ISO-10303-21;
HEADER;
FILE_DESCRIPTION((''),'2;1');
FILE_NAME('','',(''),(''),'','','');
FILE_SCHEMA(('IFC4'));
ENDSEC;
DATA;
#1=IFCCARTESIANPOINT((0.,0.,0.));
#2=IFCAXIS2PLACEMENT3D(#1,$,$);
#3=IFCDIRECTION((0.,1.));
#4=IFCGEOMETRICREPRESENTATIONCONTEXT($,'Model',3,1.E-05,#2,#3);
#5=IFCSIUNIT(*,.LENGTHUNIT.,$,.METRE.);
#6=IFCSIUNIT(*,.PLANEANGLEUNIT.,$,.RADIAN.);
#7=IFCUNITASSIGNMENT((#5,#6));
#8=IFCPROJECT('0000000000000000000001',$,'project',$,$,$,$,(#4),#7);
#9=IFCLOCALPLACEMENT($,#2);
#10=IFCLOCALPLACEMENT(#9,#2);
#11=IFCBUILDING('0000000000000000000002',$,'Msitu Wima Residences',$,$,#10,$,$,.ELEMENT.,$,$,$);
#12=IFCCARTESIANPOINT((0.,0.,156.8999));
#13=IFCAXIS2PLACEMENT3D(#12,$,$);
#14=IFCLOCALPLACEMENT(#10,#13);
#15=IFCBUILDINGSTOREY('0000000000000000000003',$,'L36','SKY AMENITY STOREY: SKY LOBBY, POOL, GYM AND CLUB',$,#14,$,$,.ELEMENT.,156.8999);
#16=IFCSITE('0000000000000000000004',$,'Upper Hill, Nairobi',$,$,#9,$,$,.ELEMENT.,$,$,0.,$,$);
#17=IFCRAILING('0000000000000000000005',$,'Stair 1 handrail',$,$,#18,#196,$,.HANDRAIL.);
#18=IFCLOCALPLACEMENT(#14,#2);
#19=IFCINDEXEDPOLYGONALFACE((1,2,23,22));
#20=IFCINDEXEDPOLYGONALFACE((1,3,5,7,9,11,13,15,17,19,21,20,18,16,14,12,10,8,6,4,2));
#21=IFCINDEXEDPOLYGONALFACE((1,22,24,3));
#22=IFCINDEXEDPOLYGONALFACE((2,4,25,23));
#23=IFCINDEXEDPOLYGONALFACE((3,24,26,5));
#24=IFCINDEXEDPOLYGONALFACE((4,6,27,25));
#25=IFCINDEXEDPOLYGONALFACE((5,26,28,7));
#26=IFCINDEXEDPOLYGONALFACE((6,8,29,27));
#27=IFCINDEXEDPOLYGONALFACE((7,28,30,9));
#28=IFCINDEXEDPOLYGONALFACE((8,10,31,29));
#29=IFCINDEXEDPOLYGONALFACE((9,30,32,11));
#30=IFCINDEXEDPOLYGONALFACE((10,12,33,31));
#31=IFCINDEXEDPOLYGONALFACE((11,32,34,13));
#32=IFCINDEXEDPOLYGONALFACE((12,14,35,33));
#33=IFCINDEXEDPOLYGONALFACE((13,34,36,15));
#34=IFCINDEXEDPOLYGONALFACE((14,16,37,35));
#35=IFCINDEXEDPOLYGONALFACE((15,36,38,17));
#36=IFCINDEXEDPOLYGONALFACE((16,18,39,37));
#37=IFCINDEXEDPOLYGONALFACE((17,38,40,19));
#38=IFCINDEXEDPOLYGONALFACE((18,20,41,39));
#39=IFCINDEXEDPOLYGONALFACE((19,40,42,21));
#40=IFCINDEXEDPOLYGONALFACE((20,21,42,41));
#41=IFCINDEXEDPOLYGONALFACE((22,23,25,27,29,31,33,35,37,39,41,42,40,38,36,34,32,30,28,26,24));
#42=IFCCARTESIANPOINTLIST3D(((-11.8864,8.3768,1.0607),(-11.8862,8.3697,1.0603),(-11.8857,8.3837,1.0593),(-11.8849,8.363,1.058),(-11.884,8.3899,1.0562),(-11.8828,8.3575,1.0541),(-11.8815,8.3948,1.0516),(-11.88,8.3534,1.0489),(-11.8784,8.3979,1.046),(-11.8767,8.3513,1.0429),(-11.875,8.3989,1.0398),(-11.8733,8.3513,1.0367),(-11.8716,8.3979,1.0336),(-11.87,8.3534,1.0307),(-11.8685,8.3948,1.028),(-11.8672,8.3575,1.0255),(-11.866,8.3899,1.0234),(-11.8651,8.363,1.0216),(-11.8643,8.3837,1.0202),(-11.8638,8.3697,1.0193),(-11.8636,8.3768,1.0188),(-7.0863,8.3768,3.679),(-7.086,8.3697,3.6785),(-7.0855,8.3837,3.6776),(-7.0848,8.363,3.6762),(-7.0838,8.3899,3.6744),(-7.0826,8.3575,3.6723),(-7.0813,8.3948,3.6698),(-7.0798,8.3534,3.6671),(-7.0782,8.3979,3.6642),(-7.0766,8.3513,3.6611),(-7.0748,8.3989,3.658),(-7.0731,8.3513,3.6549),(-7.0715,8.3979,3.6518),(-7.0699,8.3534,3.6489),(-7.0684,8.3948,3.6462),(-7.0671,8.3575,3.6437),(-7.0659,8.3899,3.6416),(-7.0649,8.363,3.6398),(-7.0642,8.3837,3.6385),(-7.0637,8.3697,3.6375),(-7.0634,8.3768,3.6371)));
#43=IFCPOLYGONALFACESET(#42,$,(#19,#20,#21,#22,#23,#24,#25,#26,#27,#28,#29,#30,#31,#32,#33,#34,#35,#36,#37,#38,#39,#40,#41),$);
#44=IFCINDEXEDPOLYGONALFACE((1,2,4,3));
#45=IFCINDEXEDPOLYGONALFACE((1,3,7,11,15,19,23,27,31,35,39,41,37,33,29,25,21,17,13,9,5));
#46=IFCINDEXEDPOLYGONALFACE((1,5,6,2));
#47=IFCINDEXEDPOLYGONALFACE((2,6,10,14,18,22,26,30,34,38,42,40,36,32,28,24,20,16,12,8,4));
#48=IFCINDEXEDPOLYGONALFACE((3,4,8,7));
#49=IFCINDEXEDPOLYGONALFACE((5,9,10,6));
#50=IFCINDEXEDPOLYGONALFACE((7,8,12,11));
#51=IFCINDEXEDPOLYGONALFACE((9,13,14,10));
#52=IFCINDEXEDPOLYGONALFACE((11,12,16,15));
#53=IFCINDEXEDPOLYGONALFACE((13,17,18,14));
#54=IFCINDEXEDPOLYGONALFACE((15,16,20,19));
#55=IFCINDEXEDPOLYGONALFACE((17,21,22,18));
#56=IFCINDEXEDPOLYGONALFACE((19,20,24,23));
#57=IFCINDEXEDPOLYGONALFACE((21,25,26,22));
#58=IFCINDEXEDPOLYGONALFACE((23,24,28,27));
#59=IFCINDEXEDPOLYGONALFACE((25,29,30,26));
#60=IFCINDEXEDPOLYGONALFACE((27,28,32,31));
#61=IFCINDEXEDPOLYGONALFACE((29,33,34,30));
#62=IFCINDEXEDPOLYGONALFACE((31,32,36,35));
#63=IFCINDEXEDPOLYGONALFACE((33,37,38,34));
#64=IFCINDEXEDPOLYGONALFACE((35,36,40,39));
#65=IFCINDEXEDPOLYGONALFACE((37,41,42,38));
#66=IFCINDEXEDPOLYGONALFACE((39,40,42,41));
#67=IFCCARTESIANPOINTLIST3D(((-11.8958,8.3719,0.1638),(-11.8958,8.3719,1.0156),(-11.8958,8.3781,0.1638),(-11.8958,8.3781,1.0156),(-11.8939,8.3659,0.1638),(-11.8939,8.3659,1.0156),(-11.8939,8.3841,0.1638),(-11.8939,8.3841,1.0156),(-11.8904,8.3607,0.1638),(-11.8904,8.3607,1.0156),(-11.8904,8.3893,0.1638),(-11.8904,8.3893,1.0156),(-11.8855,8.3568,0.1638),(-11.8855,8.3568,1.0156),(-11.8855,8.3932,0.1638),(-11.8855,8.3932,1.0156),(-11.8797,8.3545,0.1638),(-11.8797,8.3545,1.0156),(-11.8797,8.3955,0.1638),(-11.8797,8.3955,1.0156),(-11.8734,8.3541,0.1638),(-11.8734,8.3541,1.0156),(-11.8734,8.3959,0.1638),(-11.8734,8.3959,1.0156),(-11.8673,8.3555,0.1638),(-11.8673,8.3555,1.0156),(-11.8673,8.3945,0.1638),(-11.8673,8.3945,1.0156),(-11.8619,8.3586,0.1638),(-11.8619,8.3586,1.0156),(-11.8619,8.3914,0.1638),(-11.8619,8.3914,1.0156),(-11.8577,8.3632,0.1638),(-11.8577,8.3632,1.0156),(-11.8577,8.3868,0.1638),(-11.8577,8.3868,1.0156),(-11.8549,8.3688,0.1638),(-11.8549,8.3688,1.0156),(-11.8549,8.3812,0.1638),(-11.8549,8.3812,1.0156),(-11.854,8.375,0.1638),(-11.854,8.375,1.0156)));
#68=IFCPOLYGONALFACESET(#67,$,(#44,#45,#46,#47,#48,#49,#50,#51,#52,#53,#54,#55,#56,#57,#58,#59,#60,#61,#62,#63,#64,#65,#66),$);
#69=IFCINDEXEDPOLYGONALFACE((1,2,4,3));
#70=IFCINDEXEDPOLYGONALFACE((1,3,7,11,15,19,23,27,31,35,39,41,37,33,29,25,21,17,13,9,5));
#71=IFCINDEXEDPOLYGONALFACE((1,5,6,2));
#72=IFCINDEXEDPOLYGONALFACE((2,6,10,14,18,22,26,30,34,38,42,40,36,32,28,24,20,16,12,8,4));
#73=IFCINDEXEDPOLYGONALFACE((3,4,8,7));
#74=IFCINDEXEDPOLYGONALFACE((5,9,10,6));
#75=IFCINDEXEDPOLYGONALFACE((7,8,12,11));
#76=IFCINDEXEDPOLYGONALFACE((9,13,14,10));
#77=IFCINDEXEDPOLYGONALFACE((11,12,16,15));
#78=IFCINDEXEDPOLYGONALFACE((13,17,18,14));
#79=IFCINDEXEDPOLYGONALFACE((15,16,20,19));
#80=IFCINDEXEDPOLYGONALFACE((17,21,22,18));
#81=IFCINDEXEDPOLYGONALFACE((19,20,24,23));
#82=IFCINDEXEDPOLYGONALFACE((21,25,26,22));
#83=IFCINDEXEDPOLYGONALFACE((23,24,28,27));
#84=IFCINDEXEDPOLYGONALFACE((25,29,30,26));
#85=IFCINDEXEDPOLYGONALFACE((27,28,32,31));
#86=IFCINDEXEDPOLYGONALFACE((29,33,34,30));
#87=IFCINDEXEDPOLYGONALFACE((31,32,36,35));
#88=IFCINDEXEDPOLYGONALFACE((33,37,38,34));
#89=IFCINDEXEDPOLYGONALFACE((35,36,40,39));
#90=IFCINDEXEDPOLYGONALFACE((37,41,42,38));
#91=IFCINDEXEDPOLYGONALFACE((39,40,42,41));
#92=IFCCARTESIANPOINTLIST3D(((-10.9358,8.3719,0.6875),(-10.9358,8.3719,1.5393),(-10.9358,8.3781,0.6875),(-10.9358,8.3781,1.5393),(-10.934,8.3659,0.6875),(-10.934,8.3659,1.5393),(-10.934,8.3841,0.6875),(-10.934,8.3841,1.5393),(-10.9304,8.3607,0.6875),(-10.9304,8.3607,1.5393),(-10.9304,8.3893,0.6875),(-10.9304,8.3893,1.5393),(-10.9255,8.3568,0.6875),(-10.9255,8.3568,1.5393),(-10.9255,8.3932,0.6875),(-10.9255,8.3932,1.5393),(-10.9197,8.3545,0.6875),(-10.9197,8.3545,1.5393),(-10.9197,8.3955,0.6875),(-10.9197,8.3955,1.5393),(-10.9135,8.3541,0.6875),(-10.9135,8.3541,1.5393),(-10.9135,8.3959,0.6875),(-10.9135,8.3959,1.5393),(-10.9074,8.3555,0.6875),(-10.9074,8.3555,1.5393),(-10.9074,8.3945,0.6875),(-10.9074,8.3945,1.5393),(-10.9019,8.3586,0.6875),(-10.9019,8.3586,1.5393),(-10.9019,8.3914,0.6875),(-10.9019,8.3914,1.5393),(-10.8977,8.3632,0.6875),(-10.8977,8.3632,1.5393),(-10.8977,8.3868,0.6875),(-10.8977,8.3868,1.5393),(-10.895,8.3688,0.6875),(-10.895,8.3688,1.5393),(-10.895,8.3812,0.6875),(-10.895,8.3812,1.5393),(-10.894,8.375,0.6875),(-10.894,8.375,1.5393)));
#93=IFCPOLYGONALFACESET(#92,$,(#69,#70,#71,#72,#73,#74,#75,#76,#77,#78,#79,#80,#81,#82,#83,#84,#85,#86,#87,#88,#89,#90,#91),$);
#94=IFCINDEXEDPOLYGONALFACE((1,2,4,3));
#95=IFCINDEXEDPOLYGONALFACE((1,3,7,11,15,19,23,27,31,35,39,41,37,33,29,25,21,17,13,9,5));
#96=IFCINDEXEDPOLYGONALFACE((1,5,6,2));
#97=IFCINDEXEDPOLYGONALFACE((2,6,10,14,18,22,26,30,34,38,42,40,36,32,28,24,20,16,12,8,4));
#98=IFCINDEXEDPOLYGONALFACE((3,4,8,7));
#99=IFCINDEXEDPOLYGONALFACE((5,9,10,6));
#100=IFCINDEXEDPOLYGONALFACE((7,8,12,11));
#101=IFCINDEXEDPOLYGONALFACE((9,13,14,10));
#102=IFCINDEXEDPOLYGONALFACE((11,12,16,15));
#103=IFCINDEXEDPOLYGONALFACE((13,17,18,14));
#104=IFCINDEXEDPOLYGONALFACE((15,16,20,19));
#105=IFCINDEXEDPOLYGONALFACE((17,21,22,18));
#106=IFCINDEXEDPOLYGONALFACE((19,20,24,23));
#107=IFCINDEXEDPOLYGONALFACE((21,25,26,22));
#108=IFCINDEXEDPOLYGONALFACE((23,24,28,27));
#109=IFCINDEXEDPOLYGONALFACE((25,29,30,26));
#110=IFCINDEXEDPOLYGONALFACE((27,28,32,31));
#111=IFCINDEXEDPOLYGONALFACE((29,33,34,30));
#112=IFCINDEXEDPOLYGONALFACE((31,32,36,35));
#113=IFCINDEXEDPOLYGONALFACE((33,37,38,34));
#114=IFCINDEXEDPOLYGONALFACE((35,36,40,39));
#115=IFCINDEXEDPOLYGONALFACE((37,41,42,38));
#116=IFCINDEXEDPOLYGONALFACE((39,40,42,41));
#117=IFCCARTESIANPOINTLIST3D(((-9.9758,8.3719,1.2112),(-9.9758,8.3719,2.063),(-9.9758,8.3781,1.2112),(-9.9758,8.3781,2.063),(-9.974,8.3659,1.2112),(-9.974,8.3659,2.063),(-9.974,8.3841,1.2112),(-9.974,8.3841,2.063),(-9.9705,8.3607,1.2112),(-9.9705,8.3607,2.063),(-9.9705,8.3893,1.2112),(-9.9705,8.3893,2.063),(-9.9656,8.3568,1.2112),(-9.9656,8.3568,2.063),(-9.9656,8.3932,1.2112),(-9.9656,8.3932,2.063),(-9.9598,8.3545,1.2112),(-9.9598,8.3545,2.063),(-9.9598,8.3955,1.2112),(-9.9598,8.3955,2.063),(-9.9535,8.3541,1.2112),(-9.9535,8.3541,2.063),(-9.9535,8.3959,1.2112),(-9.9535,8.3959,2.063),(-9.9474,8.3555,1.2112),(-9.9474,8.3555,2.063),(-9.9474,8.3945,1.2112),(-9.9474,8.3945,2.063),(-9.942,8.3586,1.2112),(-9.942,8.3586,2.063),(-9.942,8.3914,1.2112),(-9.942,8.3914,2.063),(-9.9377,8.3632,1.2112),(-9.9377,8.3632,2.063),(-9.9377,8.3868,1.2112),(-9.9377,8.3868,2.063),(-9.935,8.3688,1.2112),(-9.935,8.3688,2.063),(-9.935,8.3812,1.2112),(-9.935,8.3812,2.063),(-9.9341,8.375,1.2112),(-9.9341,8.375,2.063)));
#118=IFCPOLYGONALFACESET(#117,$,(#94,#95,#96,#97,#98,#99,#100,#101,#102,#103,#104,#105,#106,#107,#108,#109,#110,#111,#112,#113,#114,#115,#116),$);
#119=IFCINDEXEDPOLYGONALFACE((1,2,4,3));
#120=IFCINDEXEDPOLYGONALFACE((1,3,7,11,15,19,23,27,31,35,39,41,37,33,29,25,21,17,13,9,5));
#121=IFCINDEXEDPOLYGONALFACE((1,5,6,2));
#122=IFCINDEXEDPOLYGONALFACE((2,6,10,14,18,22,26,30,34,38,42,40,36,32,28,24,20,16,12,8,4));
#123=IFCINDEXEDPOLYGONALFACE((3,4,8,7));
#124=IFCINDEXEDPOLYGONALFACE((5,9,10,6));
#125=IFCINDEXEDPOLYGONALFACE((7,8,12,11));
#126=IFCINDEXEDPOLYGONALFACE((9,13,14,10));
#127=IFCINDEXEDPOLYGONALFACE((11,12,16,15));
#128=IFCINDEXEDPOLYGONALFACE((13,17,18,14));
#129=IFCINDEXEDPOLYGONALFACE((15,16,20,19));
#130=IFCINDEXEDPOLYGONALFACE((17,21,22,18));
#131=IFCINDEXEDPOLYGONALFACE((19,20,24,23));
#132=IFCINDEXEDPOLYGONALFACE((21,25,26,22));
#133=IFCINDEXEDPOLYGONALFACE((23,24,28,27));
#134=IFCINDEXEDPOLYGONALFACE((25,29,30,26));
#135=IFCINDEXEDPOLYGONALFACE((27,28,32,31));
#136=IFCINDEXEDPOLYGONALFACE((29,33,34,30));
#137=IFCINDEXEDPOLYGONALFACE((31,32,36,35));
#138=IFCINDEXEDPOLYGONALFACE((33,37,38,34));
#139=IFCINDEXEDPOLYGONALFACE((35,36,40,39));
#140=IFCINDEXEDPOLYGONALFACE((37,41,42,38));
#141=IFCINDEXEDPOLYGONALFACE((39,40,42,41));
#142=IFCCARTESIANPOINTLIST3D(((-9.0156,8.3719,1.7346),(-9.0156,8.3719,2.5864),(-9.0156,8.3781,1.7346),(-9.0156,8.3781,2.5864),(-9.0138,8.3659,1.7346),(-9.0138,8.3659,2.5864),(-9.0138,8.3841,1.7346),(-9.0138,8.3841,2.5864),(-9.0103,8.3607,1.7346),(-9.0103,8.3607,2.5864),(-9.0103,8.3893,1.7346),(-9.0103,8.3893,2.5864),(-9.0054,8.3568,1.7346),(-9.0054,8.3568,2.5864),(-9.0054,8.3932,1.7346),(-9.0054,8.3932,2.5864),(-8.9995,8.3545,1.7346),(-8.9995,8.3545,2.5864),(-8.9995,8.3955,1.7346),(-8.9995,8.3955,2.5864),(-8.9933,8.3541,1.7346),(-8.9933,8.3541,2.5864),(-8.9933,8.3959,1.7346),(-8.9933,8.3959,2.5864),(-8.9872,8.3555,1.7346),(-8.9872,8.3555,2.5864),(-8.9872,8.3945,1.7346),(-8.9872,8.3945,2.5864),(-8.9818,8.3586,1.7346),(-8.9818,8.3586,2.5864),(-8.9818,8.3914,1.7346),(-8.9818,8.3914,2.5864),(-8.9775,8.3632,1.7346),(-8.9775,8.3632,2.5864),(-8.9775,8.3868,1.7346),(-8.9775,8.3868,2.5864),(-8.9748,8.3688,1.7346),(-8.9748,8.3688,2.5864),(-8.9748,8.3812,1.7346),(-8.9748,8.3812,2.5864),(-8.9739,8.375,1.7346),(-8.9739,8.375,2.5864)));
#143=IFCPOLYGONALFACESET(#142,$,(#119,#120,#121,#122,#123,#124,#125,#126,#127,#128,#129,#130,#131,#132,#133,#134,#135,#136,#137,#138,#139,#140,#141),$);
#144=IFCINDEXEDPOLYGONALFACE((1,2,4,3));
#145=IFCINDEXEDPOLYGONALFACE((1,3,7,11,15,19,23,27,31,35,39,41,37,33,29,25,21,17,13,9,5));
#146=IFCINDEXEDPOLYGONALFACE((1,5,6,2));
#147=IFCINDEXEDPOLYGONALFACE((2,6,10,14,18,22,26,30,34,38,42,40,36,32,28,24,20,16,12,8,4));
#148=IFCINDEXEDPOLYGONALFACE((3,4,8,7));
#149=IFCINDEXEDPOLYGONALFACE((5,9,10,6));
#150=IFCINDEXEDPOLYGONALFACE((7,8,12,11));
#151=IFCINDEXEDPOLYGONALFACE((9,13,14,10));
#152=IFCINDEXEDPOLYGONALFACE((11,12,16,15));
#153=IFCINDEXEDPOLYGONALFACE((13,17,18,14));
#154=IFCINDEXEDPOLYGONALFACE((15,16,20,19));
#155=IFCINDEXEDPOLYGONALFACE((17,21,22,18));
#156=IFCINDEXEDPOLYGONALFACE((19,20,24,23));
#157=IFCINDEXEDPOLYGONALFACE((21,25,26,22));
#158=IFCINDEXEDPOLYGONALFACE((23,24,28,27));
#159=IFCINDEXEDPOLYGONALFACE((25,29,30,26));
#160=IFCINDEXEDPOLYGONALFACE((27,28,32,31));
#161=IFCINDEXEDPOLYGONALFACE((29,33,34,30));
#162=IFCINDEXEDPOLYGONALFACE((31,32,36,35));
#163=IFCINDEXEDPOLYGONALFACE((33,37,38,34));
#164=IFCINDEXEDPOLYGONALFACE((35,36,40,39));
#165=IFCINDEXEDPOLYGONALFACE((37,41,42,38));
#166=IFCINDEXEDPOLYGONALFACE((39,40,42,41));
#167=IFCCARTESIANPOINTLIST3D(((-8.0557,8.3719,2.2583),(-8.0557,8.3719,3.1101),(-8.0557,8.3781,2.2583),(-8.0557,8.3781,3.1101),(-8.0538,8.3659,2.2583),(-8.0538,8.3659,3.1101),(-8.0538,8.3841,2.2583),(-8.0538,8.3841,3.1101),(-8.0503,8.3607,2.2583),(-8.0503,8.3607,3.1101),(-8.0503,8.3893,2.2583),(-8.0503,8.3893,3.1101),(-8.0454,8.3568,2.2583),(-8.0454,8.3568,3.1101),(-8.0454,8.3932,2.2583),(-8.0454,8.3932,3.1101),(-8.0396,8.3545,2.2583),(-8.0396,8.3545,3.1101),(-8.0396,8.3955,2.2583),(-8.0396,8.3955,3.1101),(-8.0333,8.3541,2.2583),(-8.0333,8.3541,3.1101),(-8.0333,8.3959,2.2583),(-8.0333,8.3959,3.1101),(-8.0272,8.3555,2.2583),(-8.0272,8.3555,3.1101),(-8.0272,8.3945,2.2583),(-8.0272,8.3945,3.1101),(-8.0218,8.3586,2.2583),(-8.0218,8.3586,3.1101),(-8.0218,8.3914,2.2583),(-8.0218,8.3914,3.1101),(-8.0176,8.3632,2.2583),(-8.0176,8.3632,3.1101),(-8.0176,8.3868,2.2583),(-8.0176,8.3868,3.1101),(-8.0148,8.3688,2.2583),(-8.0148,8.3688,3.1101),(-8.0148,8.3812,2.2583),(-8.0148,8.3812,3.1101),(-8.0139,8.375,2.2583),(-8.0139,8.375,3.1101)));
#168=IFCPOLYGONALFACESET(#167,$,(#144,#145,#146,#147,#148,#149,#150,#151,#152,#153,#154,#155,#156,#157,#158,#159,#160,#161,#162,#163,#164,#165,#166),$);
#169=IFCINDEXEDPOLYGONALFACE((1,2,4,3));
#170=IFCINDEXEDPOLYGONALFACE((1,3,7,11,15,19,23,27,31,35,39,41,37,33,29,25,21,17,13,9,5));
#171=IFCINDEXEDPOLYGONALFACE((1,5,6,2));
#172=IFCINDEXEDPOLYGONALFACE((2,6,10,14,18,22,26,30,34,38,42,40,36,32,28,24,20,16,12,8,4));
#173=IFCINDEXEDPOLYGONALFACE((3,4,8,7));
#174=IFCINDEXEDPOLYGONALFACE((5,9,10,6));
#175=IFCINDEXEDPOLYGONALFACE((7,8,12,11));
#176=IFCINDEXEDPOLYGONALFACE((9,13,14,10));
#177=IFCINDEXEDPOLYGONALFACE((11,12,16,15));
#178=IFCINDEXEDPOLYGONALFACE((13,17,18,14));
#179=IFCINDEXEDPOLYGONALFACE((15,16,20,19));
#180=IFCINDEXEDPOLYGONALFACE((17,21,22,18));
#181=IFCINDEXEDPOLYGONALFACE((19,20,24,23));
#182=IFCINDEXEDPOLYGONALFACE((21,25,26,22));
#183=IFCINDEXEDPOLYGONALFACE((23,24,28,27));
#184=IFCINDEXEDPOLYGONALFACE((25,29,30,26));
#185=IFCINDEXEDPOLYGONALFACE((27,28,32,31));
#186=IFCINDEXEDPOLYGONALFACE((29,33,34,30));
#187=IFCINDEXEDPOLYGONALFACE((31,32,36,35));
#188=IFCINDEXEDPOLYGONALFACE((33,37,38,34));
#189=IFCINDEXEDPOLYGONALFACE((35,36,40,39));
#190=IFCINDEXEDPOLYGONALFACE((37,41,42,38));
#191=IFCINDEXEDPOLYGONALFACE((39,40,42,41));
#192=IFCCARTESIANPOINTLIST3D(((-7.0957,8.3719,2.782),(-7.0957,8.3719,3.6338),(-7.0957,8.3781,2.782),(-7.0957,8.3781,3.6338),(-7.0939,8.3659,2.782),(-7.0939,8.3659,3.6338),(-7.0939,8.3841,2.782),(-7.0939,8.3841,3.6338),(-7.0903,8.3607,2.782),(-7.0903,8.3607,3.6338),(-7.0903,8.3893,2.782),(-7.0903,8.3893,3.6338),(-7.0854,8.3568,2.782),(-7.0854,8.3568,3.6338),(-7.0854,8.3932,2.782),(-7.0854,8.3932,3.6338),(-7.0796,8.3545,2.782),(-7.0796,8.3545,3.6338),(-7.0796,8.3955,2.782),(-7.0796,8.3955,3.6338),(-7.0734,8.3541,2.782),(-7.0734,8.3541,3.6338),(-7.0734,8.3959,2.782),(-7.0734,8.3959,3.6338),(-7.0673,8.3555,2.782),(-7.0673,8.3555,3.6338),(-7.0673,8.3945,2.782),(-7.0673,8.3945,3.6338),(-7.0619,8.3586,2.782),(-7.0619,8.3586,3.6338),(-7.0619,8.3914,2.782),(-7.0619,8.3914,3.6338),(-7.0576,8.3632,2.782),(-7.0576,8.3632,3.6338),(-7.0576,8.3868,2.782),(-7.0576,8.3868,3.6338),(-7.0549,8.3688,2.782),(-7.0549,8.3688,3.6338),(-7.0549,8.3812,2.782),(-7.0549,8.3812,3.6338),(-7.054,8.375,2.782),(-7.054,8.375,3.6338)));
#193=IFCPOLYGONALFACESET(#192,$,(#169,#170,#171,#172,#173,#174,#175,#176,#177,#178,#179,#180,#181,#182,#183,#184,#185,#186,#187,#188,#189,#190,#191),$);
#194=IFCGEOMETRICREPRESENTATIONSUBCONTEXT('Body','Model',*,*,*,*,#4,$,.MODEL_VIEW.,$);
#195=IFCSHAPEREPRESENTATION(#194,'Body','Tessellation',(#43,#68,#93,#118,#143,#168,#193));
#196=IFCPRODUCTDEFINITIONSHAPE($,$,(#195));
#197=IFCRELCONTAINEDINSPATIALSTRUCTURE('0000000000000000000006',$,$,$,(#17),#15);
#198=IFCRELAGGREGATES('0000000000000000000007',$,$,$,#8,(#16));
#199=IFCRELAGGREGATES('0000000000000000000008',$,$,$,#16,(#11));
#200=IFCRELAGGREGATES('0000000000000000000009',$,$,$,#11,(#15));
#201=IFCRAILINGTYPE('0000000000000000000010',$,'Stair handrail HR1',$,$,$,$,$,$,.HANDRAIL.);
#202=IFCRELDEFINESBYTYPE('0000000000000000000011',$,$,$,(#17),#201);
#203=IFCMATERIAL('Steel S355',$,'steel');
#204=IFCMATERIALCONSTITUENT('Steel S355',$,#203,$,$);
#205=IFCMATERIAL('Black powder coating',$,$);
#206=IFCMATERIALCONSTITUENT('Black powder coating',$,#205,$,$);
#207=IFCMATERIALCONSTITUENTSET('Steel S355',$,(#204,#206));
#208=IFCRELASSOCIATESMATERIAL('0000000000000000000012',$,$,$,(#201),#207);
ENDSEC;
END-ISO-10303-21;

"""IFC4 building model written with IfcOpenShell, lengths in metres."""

from ifc_helpers import new_model, si_unit, direction, frame, origin, origin_2d, place, context, subcontext, project, spatial, circle, extrude, material, constituent, constituent_set, type_object, element, save


model = new_model("IFC4")

# Units and contexts
model_context = context("Model", 3, precision=1e-05, world=origin(), true_north=direction((0.0, 1.0)))
body_context = subcontext(model_context, "Body", "Model", "MODEL_VIEW")
ifc_project = project(units=[si_unit("LENGTHUNIT", "METRE"), si_unit("PLANEANGLEUNIT", "RADIAN")], contexts=[model_context])

# Site, building, storey
site_placement = place(None, origin())
site = spatial("IfcSite", under=ifc_project, at=site_placement, Name="Upper Hill, Nairobi", CompositionType="ELEMENT", RefElevation=0.0)
building_placement = place(site_placement, origin())
building = spatial("IfcBuilding", under=site, at=building_placement, Name="Msitu Wima Residences", CompositionType="ELEMENT")
storey_placement = place(building_placement, frame((0.0, 0.0, 156.8999)))
storey = spatial("IfcBuildingStorey", under=building, at=storey_placement, Name="L36", Description="SKY AMENITY STOREY: SKY LOBBY, POOL, GYM AND CLUB", CompositionType="ELEMENT", Elevation=156.8999)

# Railing
ifc_material_1 = material(Name="Steel S355", Category="steel")
ifc_constituent_1 = constituent(ifc_material_1, Name="Steel S355")
ifc_material_2 = material(Name="Black powder coating")
ifc_constituent_2 = constituent(ifc_material_2, Name="Black powder coating")
ifc_constituent_set = constituent_set(constituents=[ifc_constituent_1, ifc_constituent_2], Name="Steel S355")
railing_type = type_object("IfcRailingType", Name="Stair handrail HR1", PredefinedType="HANDRAIL", material=ifc_constituent_set)
for number, where, name in (
    (1, (-11.875, 8.375, 0.1638), "Stair 1 handrail"),
):
    element("IfcRailing", number, at=place(storey_placement, frame(where)), inside=storey, type_object=railing_type, Name=name, PredefinedType="HANDRAIL", context=body_context, shape_type="SweptSolid", body=[
        extrude(circle(Radius=0.0239, at=origin_2d()), frame((0.0, 0.0, 0.876), z_axis=(0.877899, 0.0, 0.478846), x_axis=(0.0, 1.0, 0.0)), (0.0, 0.0, 1.0), 5.4678),
        extrude(circle(Radius=0.021, at=origin_2d()), origin(), (0.0, 0.0, 1.0), 0.8518),
        extrude(circle(Radius=0.021, at=origin_2d()), frame((0.96, 0.0, 0.5237)), (0.0, 0.0, 1.0), 0.8518),
        extrude(circle(Radius=0.021, at=origin_2d()), frame((1.9199, 0.0, 1.0474)), (0.0, 0.0, 1.0), 0.8518),
        extrude(circle(Radius=0.021, at=origin_2d()), frame((2.8801, 0.0, 1.5708)), (0.0, 0.0, 1.0), 0.8518),
        extrude(circle(Radius=0.021, at=origin_2d()), frame((3.8401, 0.0, 2.0945)), (0.0, 0.0, 1.0), 0.8518),
        extrude(circle(Radius=0.021, at=origin_2d()), frame((4.8, 0.0, 2.6182)), (0.0, 0.0, 1.0), 0.8518),
    ])

save(model, "model.ifc")
